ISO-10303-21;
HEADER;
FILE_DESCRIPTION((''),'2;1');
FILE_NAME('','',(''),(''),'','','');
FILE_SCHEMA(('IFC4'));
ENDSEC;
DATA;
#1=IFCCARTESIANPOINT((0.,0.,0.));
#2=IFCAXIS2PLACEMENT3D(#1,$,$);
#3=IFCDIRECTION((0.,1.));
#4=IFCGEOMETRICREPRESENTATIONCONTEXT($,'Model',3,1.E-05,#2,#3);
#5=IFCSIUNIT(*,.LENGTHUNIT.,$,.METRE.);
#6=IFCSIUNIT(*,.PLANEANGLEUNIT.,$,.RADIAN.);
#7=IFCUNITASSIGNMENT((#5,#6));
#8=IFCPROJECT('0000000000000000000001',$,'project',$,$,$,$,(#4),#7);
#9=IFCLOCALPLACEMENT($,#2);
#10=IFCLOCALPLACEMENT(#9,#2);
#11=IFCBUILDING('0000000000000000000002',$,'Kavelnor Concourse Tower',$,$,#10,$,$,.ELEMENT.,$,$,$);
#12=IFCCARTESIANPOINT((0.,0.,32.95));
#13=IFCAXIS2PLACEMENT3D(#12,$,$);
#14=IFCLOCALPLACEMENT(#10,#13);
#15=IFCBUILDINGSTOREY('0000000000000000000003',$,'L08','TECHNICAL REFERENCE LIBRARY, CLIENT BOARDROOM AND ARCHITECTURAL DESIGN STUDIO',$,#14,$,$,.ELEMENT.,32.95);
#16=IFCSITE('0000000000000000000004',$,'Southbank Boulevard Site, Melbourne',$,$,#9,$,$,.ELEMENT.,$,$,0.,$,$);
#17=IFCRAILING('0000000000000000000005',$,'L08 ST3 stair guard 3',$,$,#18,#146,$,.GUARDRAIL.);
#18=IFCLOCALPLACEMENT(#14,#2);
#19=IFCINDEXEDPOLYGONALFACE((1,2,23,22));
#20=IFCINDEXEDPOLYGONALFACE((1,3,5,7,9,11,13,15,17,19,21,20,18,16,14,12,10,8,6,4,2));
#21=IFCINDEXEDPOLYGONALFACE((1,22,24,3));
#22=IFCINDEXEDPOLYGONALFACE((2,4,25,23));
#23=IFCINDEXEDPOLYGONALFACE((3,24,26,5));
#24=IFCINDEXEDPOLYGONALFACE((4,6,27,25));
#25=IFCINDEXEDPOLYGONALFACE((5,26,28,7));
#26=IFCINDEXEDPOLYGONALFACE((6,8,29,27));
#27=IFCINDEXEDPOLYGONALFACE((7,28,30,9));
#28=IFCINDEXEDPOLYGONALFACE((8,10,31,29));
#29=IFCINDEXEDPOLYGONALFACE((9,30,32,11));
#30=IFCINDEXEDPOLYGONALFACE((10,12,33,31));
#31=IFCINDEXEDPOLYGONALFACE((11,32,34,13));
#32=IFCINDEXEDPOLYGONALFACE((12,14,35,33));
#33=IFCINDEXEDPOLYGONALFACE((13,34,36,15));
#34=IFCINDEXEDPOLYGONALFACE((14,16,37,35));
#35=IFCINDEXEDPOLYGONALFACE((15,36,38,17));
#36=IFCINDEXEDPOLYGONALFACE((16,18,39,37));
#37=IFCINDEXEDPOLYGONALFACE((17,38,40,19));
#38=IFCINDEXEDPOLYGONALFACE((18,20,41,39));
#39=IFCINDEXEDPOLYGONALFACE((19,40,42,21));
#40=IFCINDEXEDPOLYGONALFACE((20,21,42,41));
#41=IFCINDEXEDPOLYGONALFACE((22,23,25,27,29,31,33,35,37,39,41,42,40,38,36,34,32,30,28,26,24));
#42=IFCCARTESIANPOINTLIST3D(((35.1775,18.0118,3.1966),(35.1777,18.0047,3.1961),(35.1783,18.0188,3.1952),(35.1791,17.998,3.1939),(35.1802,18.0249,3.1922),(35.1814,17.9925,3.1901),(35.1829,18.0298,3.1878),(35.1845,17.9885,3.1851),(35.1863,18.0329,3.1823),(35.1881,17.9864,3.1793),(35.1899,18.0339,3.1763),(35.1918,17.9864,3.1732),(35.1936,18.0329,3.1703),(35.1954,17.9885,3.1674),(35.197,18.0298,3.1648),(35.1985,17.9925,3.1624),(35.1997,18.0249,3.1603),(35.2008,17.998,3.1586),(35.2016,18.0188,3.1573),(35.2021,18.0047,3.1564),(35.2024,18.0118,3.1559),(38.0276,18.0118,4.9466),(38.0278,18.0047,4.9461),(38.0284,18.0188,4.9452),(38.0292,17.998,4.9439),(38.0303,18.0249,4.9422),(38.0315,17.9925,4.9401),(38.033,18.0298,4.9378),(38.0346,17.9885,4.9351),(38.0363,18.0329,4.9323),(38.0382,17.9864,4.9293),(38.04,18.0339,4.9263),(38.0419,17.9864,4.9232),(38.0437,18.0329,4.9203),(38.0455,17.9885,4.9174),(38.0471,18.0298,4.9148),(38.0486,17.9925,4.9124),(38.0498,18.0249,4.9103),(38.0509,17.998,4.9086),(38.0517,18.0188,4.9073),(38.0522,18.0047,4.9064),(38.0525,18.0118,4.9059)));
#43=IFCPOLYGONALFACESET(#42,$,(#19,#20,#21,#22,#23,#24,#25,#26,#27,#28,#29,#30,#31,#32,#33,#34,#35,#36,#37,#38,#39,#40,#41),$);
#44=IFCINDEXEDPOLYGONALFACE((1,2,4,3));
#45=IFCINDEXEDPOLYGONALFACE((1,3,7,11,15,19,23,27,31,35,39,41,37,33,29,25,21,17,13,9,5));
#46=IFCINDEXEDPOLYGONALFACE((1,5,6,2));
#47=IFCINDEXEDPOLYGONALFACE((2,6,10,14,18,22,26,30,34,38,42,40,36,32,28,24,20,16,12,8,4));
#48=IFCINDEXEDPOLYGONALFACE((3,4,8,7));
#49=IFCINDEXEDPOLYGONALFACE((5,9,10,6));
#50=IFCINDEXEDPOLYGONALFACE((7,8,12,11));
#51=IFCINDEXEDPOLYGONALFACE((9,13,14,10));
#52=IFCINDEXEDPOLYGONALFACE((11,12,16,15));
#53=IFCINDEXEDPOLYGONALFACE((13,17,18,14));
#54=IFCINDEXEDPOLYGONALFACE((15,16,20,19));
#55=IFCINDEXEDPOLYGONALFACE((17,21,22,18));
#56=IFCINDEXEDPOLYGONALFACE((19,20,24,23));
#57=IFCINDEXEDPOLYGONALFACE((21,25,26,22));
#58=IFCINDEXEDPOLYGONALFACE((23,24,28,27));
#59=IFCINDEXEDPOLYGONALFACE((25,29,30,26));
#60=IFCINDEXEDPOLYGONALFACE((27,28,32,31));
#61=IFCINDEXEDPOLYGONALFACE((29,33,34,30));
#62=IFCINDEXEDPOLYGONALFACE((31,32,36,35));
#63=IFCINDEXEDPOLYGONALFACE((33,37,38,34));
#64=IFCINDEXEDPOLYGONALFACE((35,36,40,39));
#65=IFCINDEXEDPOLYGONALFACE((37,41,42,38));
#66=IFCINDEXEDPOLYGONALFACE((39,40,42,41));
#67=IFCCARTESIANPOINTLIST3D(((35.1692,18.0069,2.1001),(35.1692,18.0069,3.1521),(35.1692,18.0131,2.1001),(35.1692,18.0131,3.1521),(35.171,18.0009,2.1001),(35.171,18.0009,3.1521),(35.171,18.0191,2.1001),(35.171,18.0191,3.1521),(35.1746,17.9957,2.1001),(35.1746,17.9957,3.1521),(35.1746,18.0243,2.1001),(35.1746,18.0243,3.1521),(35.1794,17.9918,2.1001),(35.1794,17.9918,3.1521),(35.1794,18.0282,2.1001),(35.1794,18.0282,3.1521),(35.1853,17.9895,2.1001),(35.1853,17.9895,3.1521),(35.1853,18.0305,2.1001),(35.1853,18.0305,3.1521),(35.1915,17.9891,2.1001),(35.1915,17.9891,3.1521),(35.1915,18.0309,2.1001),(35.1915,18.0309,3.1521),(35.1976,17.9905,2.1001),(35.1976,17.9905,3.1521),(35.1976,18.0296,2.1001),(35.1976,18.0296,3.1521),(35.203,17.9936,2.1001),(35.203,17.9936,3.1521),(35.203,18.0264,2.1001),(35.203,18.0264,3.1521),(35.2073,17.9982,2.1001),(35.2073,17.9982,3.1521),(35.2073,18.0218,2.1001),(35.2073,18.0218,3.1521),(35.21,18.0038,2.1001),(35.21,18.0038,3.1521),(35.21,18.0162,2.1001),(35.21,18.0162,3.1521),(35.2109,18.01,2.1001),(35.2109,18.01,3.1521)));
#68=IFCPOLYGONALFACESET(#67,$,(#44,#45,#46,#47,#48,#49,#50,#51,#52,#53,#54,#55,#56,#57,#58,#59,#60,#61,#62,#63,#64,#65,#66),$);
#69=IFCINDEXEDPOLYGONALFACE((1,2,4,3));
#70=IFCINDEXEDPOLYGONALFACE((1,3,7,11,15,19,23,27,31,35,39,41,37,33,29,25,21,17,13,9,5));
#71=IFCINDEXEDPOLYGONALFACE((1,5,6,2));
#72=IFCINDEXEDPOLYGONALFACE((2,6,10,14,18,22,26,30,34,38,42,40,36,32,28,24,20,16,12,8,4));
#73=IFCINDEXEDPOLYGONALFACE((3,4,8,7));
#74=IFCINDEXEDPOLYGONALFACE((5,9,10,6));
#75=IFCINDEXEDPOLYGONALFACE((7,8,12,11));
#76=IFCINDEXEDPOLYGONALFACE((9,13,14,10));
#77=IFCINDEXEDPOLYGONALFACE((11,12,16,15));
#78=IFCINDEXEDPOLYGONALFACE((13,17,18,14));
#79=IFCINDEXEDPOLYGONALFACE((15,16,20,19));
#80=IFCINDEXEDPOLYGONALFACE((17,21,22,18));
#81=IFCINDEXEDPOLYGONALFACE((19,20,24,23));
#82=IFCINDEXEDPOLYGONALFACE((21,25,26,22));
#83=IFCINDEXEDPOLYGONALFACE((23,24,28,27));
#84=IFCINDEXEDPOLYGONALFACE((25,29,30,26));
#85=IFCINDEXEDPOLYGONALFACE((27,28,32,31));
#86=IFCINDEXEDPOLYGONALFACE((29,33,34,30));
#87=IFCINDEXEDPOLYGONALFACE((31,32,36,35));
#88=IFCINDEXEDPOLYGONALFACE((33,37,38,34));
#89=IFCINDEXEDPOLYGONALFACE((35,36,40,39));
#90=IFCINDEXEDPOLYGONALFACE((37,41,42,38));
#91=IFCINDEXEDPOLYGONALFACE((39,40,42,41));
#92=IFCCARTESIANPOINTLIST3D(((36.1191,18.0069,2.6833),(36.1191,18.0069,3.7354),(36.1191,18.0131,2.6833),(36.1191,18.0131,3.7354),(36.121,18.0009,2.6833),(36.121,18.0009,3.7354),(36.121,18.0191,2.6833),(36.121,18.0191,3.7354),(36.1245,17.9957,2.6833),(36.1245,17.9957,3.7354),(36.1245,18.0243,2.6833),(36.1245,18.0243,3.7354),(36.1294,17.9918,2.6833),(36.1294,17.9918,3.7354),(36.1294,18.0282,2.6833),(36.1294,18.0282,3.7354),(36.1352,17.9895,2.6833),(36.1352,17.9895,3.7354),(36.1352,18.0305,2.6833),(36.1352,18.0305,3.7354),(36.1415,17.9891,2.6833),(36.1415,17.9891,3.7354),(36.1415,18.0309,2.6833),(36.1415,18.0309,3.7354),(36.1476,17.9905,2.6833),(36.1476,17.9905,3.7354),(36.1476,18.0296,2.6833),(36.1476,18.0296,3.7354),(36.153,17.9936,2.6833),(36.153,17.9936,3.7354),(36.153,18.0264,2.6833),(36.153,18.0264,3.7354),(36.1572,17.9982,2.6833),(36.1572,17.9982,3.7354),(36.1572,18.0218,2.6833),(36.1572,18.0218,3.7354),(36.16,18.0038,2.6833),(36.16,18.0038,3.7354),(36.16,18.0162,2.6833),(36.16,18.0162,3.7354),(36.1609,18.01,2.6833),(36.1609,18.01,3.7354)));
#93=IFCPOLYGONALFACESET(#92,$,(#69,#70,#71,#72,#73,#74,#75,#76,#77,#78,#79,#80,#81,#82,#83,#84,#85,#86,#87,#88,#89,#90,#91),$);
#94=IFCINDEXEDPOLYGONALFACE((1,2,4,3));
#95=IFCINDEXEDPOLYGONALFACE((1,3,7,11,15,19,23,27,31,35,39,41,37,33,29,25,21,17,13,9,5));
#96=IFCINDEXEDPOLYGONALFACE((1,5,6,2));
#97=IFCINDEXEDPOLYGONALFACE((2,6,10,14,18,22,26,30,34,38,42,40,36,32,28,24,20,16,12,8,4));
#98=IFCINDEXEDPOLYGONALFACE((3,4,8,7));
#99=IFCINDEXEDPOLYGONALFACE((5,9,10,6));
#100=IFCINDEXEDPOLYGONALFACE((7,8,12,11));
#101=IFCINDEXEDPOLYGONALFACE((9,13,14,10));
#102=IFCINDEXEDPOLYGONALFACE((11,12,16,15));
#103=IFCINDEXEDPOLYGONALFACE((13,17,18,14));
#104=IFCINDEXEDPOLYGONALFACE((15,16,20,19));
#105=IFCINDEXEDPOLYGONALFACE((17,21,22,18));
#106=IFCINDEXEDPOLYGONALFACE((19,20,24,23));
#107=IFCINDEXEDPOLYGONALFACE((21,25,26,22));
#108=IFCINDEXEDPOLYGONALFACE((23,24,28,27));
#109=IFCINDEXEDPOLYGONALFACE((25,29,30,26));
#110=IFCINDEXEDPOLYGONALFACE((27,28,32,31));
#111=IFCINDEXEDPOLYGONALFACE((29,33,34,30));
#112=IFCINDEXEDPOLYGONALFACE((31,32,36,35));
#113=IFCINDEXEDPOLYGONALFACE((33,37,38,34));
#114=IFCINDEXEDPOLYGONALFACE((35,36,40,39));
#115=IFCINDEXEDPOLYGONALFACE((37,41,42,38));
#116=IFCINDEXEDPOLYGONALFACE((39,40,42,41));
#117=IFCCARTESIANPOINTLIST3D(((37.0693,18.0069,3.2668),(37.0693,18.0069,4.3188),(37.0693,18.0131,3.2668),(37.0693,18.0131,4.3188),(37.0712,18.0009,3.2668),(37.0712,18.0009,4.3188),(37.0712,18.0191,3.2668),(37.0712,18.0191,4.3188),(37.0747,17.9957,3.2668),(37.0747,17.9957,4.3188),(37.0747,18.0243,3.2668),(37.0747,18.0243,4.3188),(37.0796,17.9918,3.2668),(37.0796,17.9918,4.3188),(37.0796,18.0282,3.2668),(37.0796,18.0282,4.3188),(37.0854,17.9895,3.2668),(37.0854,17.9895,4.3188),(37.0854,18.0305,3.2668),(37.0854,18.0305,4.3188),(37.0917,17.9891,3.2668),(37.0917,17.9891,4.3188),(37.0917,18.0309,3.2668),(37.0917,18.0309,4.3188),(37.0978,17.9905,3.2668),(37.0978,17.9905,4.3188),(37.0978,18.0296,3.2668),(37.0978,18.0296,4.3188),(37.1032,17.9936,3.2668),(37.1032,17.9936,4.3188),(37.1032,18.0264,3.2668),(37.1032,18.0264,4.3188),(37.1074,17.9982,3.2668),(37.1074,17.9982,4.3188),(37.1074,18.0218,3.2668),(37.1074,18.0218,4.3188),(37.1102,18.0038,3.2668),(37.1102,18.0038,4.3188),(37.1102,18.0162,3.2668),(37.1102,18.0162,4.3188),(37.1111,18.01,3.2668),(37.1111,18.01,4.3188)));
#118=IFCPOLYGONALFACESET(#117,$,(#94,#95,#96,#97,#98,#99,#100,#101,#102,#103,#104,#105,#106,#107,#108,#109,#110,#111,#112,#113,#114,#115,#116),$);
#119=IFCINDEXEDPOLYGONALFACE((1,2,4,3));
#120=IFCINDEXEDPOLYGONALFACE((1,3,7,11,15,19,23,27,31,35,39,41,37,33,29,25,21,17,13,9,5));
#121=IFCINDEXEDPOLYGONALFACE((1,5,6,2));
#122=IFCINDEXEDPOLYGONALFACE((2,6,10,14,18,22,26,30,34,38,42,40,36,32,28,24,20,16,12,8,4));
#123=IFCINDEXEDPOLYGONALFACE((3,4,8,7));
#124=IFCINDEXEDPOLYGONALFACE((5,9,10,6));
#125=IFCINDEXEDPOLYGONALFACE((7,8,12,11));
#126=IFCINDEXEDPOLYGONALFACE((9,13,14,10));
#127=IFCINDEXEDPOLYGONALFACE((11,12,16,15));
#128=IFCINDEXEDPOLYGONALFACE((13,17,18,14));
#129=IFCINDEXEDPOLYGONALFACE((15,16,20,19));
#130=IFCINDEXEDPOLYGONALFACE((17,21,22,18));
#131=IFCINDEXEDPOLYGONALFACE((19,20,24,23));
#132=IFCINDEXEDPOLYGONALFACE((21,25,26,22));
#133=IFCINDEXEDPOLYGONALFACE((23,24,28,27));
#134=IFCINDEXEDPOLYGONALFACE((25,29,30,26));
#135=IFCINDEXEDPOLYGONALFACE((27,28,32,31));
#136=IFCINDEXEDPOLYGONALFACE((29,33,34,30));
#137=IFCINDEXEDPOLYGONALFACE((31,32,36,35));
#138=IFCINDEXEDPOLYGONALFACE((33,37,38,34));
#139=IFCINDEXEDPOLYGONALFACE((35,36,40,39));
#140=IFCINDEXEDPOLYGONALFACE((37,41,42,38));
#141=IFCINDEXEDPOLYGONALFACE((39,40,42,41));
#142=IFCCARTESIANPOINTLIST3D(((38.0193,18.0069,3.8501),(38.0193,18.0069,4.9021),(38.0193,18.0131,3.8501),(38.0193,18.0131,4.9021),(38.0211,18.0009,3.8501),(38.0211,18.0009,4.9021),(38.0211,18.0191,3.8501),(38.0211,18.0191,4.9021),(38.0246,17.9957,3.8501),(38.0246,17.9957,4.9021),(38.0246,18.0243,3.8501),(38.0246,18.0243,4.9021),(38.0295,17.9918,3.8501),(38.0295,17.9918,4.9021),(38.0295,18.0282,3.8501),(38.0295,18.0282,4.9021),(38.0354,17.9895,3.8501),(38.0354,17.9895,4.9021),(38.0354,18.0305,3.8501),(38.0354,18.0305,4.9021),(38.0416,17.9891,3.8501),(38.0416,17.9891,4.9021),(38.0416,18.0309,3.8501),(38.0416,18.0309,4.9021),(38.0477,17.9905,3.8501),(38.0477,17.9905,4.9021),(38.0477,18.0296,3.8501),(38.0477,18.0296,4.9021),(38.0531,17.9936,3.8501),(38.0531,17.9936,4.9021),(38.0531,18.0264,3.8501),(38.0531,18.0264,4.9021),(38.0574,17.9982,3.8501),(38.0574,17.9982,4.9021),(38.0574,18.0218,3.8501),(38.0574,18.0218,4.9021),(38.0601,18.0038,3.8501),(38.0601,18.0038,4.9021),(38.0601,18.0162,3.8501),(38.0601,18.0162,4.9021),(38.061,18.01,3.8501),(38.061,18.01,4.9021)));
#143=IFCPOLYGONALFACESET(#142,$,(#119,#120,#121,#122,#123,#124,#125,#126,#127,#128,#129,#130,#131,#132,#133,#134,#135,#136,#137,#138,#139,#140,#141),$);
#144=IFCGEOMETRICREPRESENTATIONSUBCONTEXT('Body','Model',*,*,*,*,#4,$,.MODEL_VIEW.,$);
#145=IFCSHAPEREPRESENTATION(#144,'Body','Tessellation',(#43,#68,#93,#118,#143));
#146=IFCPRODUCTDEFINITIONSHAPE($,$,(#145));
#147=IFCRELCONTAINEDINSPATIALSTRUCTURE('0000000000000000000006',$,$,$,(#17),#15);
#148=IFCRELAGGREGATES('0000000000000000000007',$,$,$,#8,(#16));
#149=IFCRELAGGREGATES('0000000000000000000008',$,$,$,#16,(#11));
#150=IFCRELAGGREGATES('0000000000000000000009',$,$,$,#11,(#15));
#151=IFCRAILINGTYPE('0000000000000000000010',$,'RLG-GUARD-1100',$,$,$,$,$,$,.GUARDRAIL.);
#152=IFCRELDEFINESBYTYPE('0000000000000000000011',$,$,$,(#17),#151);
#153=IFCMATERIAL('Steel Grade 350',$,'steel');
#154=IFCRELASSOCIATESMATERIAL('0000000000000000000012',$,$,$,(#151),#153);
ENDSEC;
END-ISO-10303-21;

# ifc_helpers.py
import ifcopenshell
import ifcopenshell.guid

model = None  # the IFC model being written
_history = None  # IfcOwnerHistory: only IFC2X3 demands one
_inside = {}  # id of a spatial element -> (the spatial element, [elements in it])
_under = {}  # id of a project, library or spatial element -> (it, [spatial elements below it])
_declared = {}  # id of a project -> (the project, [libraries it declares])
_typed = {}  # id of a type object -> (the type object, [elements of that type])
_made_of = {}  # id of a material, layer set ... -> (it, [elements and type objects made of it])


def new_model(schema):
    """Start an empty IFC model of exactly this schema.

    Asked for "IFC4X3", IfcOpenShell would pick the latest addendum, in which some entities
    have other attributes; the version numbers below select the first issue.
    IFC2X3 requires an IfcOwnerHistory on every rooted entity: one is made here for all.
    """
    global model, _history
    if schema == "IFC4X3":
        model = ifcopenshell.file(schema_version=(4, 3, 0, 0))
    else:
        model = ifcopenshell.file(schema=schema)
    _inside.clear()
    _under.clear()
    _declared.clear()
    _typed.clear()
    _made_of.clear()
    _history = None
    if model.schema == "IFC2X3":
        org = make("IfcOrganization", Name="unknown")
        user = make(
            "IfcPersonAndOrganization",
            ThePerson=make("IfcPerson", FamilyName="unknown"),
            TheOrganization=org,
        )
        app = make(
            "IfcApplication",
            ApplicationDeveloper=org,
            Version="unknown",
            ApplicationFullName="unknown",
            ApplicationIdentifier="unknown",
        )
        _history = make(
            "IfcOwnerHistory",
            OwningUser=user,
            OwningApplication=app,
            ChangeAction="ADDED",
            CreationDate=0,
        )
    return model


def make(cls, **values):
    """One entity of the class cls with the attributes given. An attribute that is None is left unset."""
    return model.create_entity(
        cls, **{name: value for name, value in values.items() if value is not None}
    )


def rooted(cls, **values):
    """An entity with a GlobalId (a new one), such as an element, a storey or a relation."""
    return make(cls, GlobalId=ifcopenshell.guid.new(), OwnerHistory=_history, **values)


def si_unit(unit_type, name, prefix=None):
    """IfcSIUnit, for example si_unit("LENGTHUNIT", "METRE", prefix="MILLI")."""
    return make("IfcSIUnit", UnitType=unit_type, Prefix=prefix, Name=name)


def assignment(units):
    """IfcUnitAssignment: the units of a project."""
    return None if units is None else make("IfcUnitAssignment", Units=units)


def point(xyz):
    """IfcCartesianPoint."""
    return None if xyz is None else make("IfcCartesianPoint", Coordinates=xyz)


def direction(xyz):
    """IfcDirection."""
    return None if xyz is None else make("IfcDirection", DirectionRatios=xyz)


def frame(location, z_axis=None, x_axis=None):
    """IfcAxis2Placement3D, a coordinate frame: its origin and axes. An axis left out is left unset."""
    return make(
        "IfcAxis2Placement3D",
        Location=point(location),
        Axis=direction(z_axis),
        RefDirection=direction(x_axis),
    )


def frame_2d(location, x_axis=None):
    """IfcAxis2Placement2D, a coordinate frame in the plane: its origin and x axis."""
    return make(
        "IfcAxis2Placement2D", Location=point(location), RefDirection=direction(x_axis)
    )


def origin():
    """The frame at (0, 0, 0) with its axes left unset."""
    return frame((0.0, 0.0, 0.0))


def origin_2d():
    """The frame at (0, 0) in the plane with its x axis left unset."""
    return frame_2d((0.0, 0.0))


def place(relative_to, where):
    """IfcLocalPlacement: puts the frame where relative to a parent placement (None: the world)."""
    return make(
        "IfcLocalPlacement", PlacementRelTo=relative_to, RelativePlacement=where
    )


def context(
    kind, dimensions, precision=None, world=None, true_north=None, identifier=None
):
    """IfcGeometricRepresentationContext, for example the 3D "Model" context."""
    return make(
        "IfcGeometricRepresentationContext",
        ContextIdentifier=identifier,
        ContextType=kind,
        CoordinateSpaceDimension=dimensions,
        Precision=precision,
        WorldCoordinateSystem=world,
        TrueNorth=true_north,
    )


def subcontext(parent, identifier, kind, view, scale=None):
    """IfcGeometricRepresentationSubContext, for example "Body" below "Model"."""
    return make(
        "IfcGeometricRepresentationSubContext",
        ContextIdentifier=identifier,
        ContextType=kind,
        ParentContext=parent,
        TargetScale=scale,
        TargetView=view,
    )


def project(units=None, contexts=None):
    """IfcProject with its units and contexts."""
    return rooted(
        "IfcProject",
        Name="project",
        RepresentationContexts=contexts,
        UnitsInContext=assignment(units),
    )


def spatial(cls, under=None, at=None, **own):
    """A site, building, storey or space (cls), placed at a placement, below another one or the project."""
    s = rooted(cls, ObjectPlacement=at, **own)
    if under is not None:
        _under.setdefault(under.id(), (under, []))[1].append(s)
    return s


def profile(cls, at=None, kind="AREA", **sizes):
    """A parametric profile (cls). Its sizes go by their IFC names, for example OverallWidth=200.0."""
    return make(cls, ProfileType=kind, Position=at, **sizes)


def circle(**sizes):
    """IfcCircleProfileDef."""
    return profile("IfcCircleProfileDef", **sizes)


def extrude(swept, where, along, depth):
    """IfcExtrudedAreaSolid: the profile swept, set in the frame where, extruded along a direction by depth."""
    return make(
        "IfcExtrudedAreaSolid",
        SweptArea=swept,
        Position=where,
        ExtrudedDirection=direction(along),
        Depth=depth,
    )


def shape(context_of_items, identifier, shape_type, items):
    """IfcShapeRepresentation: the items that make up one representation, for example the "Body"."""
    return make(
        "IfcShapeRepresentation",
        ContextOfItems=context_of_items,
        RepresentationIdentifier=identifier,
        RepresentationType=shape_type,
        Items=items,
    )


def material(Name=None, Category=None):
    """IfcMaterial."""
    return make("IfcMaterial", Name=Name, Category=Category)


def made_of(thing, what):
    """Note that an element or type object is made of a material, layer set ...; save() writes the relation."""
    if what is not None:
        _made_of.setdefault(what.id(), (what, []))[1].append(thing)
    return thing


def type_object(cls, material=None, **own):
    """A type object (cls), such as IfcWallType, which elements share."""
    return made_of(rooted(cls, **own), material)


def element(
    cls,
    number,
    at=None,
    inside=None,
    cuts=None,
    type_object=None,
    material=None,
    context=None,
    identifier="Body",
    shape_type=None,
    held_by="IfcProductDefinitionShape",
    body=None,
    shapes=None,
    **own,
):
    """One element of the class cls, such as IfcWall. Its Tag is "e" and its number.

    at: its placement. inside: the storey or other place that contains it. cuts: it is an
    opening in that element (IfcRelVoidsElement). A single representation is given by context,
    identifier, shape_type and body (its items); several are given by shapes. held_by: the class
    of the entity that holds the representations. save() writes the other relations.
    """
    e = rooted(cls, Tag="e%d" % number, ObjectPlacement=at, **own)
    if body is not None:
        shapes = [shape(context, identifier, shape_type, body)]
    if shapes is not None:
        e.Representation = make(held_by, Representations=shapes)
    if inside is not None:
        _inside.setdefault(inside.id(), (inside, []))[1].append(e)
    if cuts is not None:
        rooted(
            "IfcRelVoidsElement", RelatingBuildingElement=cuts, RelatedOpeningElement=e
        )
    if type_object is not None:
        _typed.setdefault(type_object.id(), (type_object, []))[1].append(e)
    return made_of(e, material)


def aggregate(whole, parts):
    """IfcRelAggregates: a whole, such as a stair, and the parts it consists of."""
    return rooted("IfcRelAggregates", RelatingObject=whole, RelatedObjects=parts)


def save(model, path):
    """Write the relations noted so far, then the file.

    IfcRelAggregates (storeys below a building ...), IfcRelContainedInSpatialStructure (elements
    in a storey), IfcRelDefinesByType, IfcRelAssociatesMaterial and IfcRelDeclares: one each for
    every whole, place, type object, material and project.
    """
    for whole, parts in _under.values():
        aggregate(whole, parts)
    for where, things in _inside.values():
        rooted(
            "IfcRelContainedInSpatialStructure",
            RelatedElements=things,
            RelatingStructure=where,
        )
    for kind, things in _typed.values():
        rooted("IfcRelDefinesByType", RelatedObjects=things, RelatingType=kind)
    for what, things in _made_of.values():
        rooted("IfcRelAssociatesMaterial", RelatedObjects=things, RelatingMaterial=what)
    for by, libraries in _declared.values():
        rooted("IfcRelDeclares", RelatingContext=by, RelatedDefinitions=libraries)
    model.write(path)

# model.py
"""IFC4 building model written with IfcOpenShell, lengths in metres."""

from ifc_helpers import new_model, si_unit, direction, frame, origin, origin_2d, place, context, subcontext, project, spatial, circle, extrude, material, type_object, element, save


model = new_model("IFC4")

# Units and contexts
model_context = context("Model", 3, precision=1e-05, world=origin(), true_north=direction((0.0, 1.0)))
body_context = subcontext(model_context, "Body", "Model", "MODEL_VIEW")
ifc_project = project(units=[si_unit("LENGTHUNIT", "METRE"), si_unit("PLANEANGLEUNIT", "RADIAN")], contexts=[model_context])

# Site, building, storey
site_placement = place(None, origin())
site = spatial("IfcSite", under=ifc_project, at=site_placement, Name="Southbank Boulevard Site, Melbourne", CompositionType="ELEMENT", RefElevation=0.0)
building_placement = place(site_placement, origin())
building = spatial("IfcBuilding", under=site, at=building_placement, Name="Kavelnor Concourse Tower", CompositionType="ELEMENT")
storey_placement = place(building_placement, frame((0.0, 0.0, 32.95)))
storey = spatial("IfcBuildingStorey", under=building, at=storey_placement, Name="L08", Description="TECHNICAL REFERENCE LIBRARY, CLIENT BOARDROOM AND ARCHITECTURAL DESIGN STUDIO", CompositionType="ELEMENT", Elevation=32.95)

# Shared definitions
ifc_material_1 = material(Name="Steel Grade 350", Category="steel")

# Railing
railing_type_1 = type_object("IfcRailingType", Name="RLG-GUARD-1100", PredefinedType="GUARDRAIL", material=ifc_material_1)
railing_1_placement = place(storey_placement, frame((35.1899, 18.01, 2.1001)))
element("IfcRailing", 1, at=railing_1_placement, inside=storey, type_object=railing_type_1, Name="L08 ST3 stair guard 3", PredefinedType="GUARDRAIL", context=body_context, shape_type="SweptSolid", body=[
    extrude(circle(Radius=0.0239, at=origin_2d()), frame((0.0, 0.0, 1.0762), z_axis=(0.852179, 0.0, 0.52325), x_axis=(0.0, 1.0, 0.0)), (0.0, 0.0, 1.0), 3.3445),
    extrude(circle(Radius=0.021, at=origin_2d()), origin(), (0.0, 0.0, 1.0), 1.052),
    extrude(circle(Radius=0.021, at=origin_2d()), frame((0.95, 0.0, 0.5833)), (0.0, 0.0, 1.0), 1.052),
    extrude(circle(Radius=0.021, at=origin_2d()), frame((1.9001, 0.0, 1.1667)), (0.0, 0.0, 1.0), 1.052),
    extrude(circle(Radius=0.021, at=origin_2d()), frame((2.8501, 0.0, 1.75)), (0.0, 0.0, 1.0), 1.052),
])

save(model, "model.ifc")
